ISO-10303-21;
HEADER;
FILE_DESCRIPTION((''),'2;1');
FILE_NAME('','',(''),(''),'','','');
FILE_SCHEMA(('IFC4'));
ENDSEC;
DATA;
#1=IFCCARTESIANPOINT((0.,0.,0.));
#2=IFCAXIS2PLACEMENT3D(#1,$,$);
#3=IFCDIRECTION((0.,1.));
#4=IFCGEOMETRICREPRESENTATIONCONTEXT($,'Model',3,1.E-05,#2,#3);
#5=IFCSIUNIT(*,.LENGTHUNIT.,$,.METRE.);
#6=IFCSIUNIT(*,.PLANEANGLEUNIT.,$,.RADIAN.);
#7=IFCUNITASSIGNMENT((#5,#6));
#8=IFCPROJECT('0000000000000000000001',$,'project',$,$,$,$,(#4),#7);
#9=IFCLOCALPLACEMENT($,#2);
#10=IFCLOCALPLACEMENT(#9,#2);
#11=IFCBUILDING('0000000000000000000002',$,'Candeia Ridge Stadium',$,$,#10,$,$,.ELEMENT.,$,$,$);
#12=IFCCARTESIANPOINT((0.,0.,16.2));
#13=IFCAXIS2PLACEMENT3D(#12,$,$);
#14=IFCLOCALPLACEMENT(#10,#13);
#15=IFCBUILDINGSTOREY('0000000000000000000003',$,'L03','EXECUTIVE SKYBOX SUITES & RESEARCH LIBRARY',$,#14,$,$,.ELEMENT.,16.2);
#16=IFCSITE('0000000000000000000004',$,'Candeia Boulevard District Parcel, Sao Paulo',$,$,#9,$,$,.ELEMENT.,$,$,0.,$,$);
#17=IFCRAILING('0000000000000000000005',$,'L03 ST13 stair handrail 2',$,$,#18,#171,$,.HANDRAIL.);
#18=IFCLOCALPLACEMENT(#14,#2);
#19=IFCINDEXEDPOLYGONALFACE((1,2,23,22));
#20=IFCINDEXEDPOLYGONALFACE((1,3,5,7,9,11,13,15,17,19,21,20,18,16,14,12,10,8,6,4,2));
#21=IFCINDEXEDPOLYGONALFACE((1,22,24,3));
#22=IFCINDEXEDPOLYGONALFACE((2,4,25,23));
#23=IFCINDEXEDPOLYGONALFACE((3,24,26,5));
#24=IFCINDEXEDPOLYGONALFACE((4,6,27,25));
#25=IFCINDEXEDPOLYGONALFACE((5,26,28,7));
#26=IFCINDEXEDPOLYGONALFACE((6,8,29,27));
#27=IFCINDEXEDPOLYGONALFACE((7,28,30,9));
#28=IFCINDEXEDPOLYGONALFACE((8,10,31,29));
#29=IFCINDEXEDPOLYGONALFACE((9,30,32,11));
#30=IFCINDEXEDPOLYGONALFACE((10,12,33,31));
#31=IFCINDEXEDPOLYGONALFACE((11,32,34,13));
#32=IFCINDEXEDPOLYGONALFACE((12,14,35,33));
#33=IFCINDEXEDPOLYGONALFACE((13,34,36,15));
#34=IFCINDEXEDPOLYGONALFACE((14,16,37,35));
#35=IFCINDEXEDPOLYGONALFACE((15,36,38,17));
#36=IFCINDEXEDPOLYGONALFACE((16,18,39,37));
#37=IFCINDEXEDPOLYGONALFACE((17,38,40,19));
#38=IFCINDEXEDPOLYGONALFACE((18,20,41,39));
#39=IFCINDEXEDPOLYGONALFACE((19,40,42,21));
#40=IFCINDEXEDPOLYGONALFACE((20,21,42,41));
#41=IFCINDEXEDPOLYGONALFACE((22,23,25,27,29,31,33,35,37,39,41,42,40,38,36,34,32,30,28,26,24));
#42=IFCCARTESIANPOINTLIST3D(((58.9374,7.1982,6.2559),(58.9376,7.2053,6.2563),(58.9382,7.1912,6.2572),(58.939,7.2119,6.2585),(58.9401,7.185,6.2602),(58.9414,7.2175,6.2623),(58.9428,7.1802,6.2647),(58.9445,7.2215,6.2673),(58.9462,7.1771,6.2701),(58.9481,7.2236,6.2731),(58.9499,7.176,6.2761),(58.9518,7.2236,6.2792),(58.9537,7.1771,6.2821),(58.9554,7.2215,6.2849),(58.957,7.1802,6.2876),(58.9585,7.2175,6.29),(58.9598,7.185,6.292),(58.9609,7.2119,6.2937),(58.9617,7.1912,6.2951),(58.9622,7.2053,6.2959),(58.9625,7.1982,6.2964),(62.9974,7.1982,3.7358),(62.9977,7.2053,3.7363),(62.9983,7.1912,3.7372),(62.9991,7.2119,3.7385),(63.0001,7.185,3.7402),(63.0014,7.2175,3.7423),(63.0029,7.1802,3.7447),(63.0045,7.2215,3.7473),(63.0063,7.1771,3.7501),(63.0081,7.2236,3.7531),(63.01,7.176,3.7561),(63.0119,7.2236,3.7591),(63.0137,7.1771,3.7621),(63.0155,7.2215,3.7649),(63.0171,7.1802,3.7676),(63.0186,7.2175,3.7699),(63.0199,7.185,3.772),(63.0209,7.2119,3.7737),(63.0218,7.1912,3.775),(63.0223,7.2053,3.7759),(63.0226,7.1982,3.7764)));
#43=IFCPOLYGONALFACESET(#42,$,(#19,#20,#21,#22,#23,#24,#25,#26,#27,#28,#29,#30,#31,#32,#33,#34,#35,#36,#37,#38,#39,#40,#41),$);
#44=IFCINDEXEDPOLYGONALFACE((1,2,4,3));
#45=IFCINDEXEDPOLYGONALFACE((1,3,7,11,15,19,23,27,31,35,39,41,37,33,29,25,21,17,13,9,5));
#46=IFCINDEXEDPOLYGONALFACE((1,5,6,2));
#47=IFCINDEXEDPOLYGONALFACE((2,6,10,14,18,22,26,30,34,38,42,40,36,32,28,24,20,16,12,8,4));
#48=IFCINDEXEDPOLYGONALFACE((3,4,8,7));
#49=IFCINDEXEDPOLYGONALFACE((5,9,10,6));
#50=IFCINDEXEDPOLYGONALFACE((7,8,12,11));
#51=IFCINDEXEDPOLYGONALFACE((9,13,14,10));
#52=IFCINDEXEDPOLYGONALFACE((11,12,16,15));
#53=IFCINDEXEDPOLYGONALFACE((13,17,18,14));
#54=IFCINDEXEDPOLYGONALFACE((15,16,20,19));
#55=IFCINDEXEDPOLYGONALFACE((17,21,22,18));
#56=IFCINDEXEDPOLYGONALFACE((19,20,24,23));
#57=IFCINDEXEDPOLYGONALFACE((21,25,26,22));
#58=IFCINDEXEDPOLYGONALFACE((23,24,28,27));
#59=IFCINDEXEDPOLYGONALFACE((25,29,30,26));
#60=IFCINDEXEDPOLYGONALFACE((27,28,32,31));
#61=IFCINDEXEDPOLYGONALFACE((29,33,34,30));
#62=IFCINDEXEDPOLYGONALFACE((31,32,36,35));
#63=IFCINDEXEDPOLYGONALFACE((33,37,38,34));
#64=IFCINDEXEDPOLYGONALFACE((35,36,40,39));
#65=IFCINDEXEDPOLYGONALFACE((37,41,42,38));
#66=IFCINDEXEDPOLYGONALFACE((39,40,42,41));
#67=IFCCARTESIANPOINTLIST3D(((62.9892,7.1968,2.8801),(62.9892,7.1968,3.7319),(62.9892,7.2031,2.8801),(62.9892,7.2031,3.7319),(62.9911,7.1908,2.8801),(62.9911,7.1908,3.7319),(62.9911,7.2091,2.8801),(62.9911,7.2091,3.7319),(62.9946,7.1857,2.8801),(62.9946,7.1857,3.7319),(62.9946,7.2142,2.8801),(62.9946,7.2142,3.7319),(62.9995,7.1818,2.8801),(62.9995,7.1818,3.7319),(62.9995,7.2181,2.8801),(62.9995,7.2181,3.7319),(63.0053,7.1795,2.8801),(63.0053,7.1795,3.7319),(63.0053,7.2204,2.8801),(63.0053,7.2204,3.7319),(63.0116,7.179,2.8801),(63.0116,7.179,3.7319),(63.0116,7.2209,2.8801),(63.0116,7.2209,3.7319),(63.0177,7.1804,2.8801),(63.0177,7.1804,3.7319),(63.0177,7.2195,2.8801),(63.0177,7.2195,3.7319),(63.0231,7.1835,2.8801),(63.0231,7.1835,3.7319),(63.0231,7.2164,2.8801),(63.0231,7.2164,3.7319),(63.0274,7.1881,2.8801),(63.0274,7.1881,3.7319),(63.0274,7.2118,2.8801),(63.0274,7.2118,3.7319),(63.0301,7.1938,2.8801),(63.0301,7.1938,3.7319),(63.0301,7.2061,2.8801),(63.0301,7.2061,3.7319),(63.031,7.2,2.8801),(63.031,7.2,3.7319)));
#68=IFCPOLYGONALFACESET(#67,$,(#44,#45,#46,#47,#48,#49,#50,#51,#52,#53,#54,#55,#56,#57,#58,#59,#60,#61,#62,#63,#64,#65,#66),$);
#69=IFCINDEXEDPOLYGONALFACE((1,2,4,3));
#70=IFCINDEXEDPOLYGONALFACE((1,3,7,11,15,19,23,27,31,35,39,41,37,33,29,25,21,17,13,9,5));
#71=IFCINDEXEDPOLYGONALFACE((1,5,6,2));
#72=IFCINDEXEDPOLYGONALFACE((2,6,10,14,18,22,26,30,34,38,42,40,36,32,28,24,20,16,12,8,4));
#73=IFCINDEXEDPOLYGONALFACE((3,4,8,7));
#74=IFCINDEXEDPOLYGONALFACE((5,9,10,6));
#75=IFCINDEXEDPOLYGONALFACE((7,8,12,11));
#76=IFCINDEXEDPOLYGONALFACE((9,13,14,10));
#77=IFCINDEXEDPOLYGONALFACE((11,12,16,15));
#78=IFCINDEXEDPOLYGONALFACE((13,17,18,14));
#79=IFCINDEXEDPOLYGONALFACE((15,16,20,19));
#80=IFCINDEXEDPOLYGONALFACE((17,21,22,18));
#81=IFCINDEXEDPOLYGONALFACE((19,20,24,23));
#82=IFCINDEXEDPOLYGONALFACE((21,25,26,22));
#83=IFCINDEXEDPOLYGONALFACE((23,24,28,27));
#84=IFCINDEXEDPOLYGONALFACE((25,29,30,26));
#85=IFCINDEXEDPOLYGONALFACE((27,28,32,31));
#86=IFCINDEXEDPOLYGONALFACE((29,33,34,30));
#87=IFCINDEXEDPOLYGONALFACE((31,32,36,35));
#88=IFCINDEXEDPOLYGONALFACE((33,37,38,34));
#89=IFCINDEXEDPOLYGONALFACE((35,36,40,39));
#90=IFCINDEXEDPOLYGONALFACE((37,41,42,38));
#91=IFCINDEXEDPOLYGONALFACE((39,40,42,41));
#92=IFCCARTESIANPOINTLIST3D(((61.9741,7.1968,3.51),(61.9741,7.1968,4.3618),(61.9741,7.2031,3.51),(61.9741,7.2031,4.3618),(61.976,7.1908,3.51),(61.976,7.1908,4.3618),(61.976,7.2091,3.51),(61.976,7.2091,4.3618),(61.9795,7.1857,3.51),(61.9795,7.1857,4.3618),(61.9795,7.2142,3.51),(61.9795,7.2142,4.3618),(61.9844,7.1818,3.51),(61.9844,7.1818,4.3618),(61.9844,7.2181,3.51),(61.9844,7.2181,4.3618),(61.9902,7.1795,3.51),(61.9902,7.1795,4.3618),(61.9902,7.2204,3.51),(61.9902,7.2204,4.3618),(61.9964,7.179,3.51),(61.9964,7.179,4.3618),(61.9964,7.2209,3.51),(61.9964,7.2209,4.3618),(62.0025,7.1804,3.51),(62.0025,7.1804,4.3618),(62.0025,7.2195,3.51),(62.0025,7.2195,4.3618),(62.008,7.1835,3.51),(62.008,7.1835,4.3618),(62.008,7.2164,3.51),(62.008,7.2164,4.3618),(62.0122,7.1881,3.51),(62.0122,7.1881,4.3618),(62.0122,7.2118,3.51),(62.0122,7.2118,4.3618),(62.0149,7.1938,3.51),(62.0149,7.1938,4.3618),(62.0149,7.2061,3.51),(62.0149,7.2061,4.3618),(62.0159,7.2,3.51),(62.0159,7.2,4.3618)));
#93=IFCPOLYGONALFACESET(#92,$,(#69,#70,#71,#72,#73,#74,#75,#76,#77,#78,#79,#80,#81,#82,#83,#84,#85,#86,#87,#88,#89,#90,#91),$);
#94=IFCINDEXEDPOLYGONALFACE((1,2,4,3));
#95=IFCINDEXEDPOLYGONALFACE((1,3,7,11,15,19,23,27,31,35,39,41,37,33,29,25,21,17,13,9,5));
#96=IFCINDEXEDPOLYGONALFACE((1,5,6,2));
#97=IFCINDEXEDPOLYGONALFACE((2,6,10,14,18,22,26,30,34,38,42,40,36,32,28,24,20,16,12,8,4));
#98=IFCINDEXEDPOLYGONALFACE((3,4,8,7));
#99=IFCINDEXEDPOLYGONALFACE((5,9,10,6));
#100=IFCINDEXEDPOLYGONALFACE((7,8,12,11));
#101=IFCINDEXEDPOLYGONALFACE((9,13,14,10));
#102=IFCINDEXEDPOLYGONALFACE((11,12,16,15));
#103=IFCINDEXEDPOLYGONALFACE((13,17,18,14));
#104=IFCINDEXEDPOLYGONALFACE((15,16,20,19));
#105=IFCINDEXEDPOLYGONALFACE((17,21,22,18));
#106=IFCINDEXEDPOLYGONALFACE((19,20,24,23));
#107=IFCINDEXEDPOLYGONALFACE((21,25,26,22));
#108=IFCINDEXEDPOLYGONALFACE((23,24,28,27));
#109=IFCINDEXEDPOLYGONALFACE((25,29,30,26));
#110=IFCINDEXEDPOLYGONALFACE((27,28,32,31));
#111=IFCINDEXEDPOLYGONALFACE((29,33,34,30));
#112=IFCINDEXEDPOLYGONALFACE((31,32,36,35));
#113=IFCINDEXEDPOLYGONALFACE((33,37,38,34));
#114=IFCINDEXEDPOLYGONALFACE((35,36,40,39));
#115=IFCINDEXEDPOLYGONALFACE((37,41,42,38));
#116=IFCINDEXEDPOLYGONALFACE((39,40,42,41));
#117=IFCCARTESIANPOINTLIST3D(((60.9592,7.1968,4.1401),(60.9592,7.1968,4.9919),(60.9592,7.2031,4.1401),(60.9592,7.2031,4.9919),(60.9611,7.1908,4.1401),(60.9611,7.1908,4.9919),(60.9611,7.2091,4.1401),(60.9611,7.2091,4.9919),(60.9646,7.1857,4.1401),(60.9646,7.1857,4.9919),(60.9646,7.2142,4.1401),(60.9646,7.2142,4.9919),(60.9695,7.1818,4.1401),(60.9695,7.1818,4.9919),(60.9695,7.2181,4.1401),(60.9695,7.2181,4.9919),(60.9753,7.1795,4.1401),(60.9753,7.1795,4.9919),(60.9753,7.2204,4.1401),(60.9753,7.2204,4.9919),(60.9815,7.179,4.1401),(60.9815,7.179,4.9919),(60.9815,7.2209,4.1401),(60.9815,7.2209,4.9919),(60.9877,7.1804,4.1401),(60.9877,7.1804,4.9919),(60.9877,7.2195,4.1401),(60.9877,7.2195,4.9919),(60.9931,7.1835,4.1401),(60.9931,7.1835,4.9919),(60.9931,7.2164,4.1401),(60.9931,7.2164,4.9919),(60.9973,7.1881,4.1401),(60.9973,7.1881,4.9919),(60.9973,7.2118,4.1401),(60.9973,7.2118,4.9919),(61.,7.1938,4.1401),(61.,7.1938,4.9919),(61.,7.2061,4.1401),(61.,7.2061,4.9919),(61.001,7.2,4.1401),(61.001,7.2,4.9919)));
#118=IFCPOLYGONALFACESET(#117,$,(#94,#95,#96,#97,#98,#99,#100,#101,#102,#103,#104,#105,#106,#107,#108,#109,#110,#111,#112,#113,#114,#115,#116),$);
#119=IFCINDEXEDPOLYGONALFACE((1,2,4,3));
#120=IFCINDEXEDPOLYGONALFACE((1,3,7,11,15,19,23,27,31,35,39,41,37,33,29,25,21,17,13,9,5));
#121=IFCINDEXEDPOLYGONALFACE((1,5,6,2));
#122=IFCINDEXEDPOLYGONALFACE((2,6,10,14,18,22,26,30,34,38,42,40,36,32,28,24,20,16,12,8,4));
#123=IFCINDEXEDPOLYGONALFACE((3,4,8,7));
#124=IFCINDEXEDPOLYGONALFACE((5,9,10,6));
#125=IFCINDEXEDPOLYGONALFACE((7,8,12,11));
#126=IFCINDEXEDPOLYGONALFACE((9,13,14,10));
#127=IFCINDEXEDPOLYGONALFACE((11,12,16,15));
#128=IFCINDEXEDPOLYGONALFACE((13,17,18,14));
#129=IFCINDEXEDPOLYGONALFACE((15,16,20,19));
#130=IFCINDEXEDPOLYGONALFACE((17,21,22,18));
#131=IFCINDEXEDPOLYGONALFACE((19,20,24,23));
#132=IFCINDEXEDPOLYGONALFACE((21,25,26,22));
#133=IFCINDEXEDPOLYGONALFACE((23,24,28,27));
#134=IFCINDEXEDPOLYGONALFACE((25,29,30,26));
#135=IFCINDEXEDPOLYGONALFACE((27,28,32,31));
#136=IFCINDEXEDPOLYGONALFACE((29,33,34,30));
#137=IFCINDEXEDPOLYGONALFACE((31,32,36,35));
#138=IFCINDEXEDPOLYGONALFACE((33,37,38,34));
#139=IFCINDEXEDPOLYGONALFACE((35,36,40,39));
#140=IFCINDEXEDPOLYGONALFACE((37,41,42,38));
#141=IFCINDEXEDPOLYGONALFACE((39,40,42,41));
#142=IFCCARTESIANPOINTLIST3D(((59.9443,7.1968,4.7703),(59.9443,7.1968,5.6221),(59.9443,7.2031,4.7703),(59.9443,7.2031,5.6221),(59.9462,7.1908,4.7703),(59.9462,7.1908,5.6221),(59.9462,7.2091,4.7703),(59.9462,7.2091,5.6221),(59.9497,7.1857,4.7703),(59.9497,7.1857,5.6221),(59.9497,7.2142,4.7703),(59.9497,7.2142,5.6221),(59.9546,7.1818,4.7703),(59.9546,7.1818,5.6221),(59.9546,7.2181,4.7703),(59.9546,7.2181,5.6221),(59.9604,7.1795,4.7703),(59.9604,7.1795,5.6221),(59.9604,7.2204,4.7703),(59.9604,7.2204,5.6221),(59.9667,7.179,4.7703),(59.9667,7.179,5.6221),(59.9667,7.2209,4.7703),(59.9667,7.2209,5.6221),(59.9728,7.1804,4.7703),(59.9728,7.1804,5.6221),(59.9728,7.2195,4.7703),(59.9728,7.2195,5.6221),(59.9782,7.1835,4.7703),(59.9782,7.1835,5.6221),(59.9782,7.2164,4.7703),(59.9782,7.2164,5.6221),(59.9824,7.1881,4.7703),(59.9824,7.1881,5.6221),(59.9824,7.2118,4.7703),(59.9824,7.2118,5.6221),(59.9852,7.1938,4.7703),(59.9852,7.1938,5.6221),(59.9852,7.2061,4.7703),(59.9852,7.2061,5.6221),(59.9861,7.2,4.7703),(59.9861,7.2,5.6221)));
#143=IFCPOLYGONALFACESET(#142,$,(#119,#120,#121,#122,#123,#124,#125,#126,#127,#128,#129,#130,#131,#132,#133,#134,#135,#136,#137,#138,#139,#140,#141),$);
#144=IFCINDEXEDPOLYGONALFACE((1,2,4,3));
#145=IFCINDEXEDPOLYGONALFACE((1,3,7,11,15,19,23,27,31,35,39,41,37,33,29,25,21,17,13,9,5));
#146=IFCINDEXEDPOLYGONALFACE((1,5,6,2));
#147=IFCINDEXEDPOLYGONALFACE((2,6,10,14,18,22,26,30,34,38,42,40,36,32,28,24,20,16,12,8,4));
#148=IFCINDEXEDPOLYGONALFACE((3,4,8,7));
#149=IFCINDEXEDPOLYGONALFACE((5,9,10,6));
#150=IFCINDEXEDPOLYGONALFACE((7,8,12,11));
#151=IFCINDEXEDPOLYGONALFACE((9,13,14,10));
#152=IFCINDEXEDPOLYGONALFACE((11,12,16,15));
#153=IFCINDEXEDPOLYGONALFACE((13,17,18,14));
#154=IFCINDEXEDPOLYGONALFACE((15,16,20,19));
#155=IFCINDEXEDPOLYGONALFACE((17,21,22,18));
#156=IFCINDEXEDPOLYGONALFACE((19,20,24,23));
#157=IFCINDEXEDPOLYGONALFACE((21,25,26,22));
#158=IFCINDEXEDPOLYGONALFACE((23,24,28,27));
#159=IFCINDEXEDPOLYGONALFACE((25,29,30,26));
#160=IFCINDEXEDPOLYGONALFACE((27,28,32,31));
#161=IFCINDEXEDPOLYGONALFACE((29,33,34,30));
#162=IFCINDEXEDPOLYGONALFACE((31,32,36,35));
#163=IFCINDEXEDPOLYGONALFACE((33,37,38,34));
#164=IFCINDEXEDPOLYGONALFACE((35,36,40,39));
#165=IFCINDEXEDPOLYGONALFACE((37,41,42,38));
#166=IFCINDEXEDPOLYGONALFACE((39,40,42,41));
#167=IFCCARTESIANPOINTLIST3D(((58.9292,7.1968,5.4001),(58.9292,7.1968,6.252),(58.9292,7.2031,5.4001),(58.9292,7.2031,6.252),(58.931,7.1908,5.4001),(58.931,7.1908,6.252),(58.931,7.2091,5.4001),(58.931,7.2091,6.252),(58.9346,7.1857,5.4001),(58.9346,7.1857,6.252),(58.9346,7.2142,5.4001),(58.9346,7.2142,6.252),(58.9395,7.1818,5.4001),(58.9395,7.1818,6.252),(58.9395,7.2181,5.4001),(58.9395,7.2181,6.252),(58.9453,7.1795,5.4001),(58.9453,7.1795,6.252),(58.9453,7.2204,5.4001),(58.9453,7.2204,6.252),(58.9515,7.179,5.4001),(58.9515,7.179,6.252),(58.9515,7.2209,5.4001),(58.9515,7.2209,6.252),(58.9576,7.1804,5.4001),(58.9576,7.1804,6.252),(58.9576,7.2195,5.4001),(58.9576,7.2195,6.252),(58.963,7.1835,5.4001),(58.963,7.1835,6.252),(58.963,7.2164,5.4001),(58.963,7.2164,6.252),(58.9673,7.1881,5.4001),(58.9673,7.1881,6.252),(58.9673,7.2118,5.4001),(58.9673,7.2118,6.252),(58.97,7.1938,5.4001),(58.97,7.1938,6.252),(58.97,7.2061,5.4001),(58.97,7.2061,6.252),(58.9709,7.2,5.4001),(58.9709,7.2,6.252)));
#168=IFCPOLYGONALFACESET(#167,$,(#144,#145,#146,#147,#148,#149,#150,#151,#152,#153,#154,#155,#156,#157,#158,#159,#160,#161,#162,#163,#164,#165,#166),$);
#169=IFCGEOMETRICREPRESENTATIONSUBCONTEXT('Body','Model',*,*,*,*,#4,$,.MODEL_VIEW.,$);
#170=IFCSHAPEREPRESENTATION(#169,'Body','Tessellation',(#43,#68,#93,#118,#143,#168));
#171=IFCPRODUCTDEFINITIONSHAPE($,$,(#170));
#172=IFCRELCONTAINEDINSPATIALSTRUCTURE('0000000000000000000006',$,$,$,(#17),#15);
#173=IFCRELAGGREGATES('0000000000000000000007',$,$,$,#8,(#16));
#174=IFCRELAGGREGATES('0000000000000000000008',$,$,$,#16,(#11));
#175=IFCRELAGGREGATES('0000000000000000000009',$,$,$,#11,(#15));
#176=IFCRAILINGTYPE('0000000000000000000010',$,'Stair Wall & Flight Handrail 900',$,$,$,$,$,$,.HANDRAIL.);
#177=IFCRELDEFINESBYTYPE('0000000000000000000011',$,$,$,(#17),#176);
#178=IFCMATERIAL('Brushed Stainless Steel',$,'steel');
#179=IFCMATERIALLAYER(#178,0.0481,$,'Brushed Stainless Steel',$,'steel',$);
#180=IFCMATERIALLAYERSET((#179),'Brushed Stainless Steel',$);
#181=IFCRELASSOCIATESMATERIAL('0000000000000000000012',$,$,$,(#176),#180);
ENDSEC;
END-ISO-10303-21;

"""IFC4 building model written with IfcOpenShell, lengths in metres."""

from ifc_helpers import new_model, si_unit, direction, frame, origin, origin_2d, place, context, subcontext, project, spatial, circle, extrude, material, layer, layer_set, type_object, element, save


model = new_model("IFC4")

# Units and contexts
model_context = context("Model", 3, precision=1e-05, world=origin(), true_north=direction((0.0, 1.0)))
body_context = subcontext(model_context, "Body", "Model", "MODEL_VIEW")
ifc_project = project(units=[si_unit("LENGTHUNIT", "METRE"), si_unit("PLANEANGLEUNIT", "RADIAN")], contexts=[model_context])

# Site, building, storey
site_placement = place(None, origin())
site = spatial("IfcSite", under=ifc_project, at=site_placement, Name="Candeia Boulevard District Parcel, Sao Paulo", CompositionType="ELEMENT", RefElevation=0.0)
building_placement = place(site_placement, origin())
building = spatial("IfcBuilding", under=site, at=building_placement, Name="Candeia Ridge Stadium", CompositionType="ELEMENT")
storey_placement = place(building_placement, frame((0.0, 0.0, 16.2)))
storey = spatial("IfcBuildingStorey", under=building, at=storey_placement, Name="L03", Description="EXECUTIVE SKYBOX SUITES & RESEARCH LIBRARY", CompositionType="ELEMENT", Elevation=16.2)

# Railing
ifc_material_1 = material(Name="Brushed Stainless Steel", Category="steel")
ifc_layer_1 = layer(ifc_material_1, 0.0481, Name="Brushed Stainless Steel", Category="steel")
ifc_layer_set_1 = layer_set([ifc_layer_1], Name="Brushed Stainless Steel")
railing_type_1 = type_object("IfcRailingType", Name="Stair Wall & Flight Handrail 900", PredefinedType="HANDRAIL", material=ifc_layer_set_1)
railing_1_placement = place(storey_placement, frame((63.01, 7.2, 2.8801)))
element("IfcRailing", 1, at=railing_1_placement, inside=storey, type_object=railing_type_1, Name="L03 ST13 stair handrail 2", PredefinedType="HANDRAIL", context=body_context, shape_type="SweptSolid", body=[
    extrude(circle(Radius=0.0239, at=origin_2d()), frame((0.0, 0.0, 0.876), z_axis=(-0.849642, 0.0, 0.52736), x_axis=(0.0, -1.0, 0.0)), (0.0, 0.0, 1.0), 4.7786),
    extrude(circle(Radius=0.021, at=origin_2d()), origin(), (0.0, 0.0, 1.0), 0.8518),
    extrude(circle(Radius=0.021, at=origin_2d()), frame((-1.0151, 0.0, 0.6299)), (0.0, 0.0, 1.0), 0.8518),
    extrude(circle(Radius=0.021, at=origin_2d()), frame((-2.03, 0.0, 1.26)), (0.0, 0.0, 1.0), 0.8518),
    extrude(circle(Radius=0.021, at=origin_2d()), frame((-3.0449, 0.0, 1.8901)), (0.0, 0.0, 1.0), 0.8518),
    extrude(circle(Radius=0.021, at=origin_2d()), frame((-4.0601, 0.0, 2.52)), (0.0, 0.0, 1.0), 0.8518),
])

save(model, "model.ifc")
